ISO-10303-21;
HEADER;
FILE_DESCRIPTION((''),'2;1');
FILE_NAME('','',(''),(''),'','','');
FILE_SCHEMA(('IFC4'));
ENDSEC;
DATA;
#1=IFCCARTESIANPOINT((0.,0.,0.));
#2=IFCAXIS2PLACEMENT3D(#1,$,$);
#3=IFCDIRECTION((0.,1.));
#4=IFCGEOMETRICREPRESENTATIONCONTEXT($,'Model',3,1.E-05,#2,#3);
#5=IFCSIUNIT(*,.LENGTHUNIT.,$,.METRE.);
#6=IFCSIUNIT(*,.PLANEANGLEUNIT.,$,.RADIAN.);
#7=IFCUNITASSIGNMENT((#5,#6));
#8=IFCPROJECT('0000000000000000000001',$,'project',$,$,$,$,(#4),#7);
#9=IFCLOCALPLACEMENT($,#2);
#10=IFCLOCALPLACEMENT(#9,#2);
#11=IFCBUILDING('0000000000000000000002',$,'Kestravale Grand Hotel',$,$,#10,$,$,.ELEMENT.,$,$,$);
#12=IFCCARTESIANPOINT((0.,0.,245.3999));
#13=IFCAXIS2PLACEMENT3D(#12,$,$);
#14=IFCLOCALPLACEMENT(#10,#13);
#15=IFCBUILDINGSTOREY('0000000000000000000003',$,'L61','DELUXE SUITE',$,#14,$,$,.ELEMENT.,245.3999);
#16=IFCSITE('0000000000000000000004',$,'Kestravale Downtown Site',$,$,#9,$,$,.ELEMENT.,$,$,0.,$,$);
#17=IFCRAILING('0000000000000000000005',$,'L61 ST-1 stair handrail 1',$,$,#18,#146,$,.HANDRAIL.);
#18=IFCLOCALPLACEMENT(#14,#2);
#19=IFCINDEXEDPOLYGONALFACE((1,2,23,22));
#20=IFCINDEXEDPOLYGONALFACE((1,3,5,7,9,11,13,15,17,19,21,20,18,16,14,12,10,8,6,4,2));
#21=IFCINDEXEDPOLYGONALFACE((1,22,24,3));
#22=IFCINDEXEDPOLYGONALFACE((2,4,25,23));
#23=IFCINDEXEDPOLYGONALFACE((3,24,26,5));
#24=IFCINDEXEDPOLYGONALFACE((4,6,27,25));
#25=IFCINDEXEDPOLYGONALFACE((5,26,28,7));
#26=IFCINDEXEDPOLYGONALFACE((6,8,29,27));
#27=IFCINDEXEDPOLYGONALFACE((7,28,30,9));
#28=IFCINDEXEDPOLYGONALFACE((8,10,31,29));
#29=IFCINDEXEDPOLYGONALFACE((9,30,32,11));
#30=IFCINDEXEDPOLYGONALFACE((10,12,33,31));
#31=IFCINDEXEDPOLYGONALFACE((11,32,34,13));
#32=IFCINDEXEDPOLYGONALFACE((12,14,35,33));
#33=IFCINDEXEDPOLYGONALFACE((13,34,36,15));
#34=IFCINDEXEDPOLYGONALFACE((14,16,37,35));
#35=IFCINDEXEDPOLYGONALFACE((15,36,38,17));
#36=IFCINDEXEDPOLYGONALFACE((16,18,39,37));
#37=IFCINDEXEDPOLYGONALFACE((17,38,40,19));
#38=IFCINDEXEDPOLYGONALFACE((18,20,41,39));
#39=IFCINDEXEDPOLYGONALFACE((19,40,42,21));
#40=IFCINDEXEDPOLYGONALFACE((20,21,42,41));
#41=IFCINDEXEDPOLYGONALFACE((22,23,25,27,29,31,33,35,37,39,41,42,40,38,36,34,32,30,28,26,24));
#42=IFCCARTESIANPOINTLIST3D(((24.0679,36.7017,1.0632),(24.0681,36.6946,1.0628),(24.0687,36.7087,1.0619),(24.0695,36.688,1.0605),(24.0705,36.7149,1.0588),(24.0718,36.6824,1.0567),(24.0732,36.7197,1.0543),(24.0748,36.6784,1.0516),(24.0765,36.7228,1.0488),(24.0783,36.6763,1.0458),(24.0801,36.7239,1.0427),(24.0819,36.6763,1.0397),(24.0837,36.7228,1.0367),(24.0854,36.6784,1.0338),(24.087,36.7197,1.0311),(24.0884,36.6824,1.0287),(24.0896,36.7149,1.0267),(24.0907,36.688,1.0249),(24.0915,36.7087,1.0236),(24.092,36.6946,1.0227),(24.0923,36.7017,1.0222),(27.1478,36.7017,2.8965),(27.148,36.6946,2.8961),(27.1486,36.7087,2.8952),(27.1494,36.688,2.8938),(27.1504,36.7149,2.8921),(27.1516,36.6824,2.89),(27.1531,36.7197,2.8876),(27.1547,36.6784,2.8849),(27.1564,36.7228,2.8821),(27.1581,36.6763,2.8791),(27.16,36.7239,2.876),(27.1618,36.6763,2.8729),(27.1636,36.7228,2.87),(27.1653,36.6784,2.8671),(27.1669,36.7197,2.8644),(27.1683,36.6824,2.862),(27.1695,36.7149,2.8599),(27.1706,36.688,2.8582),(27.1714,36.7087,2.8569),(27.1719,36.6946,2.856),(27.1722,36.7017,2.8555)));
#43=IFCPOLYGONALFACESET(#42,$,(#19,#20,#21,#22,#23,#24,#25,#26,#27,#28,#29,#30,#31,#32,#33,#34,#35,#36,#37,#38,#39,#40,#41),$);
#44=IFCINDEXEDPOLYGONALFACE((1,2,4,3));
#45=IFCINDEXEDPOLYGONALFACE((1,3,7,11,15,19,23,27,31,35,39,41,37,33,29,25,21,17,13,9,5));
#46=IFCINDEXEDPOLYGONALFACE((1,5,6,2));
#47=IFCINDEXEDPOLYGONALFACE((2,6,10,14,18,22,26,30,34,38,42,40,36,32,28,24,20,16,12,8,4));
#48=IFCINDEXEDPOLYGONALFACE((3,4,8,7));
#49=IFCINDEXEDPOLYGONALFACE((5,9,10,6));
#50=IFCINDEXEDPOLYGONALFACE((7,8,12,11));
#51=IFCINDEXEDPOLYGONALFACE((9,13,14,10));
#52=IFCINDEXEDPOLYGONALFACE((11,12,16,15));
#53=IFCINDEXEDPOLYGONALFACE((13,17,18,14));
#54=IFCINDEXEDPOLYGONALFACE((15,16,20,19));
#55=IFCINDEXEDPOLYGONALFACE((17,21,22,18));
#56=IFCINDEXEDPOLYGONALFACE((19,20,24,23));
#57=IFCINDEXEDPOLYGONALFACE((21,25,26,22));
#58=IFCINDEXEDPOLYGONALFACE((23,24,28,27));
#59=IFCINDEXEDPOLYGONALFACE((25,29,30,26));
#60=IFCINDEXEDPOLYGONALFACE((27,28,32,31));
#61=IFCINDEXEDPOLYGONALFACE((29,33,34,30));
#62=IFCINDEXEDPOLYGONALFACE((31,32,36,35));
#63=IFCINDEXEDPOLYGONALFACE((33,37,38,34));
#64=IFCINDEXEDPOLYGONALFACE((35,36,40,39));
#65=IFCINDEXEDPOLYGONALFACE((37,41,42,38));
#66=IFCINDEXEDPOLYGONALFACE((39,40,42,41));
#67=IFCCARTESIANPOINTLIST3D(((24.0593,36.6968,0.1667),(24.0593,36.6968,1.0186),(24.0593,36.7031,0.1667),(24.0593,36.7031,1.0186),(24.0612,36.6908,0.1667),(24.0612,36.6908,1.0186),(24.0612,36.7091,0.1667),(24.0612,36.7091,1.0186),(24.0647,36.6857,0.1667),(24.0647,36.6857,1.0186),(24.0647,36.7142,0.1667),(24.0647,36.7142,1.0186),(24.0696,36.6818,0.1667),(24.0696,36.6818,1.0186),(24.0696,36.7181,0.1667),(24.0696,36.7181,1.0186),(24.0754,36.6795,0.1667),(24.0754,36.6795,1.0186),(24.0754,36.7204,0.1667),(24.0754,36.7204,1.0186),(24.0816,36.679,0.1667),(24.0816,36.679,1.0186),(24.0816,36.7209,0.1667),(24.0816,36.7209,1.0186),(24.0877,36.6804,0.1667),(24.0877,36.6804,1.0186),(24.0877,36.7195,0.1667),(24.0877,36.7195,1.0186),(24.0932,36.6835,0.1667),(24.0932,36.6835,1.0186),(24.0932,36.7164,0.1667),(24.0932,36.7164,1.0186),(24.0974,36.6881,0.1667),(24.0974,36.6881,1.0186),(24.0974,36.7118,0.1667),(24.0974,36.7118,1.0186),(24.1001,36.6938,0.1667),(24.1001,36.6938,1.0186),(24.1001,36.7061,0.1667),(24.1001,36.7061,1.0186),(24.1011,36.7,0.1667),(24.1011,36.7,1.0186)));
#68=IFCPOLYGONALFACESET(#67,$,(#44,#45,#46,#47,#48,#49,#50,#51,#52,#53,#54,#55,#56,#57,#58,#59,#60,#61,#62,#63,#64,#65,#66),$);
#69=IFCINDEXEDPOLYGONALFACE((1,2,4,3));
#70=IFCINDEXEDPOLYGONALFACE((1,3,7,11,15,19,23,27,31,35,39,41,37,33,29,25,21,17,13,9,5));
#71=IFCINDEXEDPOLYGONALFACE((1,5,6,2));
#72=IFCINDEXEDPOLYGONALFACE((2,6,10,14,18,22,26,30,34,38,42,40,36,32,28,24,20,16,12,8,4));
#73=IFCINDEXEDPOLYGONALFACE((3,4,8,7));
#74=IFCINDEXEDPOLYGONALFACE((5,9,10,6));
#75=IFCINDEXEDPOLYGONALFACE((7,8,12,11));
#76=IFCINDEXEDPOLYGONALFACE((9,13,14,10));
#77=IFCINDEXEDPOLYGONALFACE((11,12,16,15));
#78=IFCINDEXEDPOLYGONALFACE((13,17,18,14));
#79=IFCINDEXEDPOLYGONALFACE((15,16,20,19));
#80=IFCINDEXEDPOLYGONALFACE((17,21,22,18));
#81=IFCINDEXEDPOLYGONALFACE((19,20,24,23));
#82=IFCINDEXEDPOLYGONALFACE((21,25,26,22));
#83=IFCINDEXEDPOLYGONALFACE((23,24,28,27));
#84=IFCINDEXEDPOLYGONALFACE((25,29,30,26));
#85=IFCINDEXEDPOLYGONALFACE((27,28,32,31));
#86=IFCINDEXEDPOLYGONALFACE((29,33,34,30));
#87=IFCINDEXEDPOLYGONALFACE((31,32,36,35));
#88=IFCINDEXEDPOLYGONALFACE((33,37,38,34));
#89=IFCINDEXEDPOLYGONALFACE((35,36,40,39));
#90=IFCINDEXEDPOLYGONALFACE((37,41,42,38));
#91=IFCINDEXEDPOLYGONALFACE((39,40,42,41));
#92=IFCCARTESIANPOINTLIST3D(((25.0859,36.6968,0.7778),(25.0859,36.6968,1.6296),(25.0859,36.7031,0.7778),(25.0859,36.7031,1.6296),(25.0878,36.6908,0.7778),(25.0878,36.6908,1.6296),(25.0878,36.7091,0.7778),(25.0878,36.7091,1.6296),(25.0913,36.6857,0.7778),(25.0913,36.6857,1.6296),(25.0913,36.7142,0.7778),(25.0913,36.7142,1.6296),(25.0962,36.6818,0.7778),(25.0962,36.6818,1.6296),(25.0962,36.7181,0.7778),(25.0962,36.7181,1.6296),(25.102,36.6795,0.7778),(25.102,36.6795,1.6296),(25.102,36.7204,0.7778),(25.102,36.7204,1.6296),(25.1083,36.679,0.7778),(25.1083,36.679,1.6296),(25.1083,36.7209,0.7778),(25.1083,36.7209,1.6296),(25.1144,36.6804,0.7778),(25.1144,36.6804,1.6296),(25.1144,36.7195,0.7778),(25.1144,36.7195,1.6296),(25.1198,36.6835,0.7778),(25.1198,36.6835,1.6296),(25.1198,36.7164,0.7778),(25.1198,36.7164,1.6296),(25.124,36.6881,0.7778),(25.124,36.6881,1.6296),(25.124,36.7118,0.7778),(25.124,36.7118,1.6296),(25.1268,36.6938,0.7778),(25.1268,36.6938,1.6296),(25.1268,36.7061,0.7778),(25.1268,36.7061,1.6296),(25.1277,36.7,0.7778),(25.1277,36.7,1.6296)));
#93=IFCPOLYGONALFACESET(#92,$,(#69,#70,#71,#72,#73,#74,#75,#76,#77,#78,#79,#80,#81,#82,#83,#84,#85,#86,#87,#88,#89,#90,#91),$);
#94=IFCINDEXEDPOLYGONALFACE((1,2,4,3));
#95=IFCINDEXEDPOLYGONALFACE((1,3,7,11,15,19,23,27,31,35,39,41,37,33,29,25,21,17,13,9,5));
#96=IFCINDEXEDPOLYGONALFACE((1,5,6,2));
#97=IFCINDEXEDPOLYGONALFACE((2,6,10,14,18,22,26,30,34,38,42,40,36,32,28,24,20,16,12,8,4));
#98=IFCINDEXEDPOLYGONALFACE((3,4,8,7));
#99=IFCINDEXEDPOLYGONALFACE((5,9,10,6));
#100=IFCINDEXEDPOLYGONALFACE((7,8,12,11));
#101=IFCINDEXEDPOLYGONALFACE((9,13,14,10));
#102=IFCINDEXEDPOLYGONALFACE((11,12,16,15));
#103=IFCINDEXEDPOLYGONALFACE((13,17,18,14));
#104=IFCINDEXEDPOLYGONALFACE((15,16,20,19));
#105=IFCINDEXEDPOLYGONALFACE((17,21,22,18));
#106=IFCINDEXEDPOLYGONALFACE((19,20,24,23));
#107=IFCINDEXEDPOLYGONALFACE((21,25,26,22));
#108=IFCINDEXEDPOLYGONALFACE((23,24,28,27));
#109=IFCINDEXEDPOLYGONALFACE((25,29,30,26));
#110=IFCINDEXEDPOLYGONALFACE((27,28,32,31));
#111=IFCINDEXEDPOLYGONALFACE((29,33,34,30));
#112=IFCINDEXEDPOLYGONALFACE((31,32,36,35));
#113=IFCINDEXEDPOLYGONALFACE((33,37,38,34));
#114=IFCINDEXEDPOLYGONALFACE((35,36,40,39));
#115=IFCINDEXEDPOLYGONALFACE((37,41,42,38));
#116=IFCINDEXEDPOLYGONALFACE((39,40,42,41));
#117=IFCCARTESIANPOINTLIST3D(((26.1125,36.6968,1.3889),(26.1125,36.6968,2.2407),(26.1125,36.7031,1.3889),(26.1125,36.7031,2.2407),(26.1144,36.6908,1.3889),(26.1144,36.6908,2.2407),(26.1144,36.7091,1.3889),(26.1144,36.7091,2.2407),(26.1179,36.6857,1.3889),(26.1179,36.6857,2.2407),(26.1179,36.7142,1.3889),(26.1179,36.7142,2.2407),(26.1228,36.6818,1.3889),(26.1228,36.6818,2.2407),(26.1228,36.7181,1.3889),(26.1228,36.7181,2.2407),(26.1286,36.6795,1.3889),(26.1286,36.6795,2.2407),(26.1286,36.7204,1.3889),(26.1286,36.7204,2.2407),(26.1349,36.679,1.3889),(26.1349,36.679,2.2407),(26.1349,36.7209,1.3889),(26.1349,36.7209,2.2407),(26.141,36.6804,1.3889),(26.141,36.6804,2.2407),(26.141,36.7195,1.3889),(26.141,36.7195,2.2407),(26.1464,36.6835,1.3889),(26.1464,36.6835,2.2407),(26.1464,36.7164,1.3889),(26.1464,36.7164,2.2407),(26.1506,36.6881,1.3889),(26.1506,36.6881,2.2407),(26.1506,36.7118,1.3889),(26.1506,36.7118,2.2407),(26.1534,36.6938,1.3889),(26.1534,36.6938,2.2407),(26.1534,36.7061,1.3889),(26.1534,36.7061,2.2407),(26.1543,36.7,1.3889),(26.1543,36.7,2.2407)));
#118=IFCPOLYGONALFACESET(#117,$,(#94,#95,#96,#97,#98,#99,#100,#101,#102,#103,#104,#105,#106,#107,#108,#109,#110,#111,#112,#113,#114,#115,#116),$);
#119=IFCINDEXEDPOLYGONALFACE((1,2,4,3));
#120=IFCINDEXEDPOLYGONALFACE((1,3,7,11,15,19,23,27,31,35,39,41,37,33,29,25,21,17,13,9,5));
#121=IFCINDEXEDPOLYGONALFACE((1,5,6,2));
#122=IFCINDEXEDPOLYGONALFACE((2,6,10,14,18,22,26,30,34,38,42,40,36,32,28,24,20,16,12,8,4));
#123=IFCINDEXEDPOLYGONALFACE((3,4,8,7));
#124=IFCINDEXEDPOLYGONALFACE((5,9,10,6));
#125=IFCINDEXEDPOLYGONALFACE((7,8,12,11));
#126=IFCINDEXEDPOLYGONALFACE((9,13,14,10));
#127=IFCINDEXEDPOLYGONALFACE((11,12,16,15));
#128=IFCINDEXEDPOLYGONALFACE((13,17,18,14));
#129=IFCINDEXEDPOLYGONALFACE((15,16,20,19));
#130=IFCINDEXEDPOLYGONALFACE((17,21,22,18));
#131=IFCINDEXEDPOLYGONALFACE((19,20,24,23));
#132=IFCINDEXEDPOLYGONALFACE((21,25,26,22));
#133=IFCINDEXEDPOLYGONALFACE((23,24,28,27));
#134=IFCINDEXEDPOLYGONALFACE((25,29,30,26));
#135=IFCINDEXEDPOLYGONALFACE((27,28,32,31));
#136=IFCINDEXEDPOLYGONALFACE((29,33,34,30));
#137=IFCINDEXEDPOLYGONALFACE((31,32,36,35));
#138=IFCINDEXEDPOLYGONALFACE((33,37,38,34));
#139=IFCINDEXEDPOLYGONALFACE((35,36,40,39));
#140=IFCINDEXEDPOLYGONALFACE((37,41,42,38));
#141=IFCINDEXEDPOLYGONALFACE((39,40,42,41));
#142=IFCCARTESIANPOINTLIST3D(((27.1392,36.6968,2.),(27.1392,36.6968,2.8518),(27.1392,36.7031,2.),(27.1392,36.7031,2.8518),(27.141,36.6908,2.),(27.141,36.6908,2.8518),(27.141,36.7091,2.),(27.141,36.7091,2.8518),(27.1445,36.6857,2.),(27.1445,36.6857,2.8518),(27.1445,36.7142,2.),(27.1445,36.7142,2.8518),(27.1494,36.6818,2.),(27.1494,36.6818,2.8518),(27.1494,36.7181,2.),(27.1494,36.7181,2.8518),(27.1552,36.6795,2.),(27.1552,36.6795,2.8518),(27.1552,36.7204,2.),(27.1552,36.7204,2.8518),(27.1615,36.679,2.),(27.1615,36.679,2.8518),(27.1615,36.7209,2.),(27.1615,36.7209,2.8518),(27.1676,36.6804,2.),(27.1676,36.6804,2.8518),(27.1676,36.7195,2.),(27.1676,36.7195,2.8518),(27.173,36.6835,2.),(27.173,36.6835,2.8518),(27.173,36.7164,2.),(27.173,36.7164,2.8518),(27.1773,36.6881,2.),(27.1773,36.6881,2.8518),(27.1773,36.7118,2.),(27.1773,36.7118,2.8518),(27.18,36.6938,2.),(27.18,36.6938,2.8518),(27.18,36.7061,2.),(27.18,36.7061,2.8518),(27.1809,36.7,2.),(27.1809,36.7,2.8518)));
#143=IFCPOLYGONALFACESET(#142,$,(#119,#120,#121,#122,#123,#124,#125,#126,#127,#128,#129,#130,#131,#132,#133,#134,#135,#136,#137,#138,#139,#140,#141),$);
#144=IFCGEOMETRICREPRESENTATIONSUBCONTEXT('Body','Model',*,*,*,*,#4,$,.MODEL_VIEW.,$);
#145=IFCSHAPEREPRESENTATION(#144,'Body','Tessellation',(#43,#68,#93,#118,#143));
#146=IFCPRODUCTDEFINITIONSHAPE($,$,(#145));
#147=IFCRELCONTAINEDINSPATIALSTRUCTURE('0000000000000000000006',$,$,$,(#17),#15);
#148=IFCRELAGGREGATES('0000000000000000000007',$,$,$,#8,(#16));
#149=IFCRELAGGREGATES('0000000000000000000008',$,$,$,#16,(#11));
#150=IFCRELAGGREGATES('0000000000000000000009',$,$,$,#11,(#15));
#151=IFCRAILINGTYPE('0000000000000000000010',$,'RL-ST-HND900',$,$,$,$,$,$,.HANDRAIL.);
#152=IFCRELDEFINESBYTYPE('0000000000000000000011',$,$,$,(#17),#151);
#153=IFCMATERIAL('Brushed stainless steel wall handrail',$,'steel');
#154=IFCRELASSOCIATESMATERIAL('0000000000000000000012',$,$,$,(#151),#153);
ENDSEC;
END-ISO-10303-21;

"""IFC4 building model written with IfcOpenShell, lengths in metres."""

from ifc_helpers import new_model, si_unit, direction, frame, origin, origin_2d, place, context, subcontext, project, spatial, circle, extrude, material, type_object, element, save


model = new_model("IFC4")

# Units and contexts
model_context = context("Model", 3, precision=1e-05, world=origin(), true_north=direction((0.0, 1.0)))
body_context = subcontext(model_context, "Body", "Model", "MODEL_VIEW")
ifc_project = project(units=[si_unit("LENGTHUNIT", "METRE"), si_unit("PLANEANGLEUNIT", "RADIAN")], contexts=[model_context])

# Site, building, storey
site_placement = place(None, origin())
site = spatial("IfcSite", under=ifc_project, at=site_placement, Name="Kestravale Downtown Site", CompositionType="ELEMENT", RefElevation=0.0)
building_placement = place(site_placement, origin())
building = spatial("IfcBuilding", under=site, at=building_placement, Name="Kestravale Grand Hotel", CompositionType="ELEMENT")
storey_placement = place(building_placement, frame((0.0, 0.0, 245.3999)))
storey = spatial("IfcBuildingStorey", under=building, at=storey_placement, Name="L61", Description="DELUXE SUITE", CompositionType="ELEMENT", Elevation=245.3999)

# Railing
ifc_material_1 = material(Name="Brushed stainless steel wall handrail", Category="steel")
railing_type_1 = type_object("IfcRailingType", Name="RL-ST-HND900", PredefinedType="HANDRAIL", material=ifc_material_1)
railing_1_placement = place(storey_placement, frame((24.0801, 36.7, 0.1667)))
element("IfcRailing", 1, at=railing_1_placement, inside=storey, type_object=railing_type_1, Name="L61 ST-1 stair handrail 1", PredefinedType="HANDRAIL", context=body_context, shape_type="SweptSolid", body=[
    extrude(circle(Radius=0.0239, at=origin_2d()), frame((0.0, 0.0, 0.876), z_axis=(0.859291, 0.0, 0.511487), x_axis=(0.0, 1.0, 0.0)), (0.0, 0.0, 1.0), 3.5842),
    extrude(circle(Radius=0.021, at=origin_2d()), origin(), (0.0, 0.0, 1.0), 0.8518),
    extrude(circle(Radius=0.021, at=origin_2d()), frame((1.0266, 0.0, 0.6111)), (0.0, 0.0, 1.0), 0.8518),
    extrude(circle(Radius=0.021, at=origin_2d()), frame((2.0532, 0.0, 1.2222)), (0.0, 0.0, 1.0), 0.8518),
    extrude(circle(Radius=0.021, at=origin_2d()), frame((3.0798, 0.0, 1.8333)), (0.0, 0.0, 1.0), 0.8518),
])

save(model, "model.ifc")
